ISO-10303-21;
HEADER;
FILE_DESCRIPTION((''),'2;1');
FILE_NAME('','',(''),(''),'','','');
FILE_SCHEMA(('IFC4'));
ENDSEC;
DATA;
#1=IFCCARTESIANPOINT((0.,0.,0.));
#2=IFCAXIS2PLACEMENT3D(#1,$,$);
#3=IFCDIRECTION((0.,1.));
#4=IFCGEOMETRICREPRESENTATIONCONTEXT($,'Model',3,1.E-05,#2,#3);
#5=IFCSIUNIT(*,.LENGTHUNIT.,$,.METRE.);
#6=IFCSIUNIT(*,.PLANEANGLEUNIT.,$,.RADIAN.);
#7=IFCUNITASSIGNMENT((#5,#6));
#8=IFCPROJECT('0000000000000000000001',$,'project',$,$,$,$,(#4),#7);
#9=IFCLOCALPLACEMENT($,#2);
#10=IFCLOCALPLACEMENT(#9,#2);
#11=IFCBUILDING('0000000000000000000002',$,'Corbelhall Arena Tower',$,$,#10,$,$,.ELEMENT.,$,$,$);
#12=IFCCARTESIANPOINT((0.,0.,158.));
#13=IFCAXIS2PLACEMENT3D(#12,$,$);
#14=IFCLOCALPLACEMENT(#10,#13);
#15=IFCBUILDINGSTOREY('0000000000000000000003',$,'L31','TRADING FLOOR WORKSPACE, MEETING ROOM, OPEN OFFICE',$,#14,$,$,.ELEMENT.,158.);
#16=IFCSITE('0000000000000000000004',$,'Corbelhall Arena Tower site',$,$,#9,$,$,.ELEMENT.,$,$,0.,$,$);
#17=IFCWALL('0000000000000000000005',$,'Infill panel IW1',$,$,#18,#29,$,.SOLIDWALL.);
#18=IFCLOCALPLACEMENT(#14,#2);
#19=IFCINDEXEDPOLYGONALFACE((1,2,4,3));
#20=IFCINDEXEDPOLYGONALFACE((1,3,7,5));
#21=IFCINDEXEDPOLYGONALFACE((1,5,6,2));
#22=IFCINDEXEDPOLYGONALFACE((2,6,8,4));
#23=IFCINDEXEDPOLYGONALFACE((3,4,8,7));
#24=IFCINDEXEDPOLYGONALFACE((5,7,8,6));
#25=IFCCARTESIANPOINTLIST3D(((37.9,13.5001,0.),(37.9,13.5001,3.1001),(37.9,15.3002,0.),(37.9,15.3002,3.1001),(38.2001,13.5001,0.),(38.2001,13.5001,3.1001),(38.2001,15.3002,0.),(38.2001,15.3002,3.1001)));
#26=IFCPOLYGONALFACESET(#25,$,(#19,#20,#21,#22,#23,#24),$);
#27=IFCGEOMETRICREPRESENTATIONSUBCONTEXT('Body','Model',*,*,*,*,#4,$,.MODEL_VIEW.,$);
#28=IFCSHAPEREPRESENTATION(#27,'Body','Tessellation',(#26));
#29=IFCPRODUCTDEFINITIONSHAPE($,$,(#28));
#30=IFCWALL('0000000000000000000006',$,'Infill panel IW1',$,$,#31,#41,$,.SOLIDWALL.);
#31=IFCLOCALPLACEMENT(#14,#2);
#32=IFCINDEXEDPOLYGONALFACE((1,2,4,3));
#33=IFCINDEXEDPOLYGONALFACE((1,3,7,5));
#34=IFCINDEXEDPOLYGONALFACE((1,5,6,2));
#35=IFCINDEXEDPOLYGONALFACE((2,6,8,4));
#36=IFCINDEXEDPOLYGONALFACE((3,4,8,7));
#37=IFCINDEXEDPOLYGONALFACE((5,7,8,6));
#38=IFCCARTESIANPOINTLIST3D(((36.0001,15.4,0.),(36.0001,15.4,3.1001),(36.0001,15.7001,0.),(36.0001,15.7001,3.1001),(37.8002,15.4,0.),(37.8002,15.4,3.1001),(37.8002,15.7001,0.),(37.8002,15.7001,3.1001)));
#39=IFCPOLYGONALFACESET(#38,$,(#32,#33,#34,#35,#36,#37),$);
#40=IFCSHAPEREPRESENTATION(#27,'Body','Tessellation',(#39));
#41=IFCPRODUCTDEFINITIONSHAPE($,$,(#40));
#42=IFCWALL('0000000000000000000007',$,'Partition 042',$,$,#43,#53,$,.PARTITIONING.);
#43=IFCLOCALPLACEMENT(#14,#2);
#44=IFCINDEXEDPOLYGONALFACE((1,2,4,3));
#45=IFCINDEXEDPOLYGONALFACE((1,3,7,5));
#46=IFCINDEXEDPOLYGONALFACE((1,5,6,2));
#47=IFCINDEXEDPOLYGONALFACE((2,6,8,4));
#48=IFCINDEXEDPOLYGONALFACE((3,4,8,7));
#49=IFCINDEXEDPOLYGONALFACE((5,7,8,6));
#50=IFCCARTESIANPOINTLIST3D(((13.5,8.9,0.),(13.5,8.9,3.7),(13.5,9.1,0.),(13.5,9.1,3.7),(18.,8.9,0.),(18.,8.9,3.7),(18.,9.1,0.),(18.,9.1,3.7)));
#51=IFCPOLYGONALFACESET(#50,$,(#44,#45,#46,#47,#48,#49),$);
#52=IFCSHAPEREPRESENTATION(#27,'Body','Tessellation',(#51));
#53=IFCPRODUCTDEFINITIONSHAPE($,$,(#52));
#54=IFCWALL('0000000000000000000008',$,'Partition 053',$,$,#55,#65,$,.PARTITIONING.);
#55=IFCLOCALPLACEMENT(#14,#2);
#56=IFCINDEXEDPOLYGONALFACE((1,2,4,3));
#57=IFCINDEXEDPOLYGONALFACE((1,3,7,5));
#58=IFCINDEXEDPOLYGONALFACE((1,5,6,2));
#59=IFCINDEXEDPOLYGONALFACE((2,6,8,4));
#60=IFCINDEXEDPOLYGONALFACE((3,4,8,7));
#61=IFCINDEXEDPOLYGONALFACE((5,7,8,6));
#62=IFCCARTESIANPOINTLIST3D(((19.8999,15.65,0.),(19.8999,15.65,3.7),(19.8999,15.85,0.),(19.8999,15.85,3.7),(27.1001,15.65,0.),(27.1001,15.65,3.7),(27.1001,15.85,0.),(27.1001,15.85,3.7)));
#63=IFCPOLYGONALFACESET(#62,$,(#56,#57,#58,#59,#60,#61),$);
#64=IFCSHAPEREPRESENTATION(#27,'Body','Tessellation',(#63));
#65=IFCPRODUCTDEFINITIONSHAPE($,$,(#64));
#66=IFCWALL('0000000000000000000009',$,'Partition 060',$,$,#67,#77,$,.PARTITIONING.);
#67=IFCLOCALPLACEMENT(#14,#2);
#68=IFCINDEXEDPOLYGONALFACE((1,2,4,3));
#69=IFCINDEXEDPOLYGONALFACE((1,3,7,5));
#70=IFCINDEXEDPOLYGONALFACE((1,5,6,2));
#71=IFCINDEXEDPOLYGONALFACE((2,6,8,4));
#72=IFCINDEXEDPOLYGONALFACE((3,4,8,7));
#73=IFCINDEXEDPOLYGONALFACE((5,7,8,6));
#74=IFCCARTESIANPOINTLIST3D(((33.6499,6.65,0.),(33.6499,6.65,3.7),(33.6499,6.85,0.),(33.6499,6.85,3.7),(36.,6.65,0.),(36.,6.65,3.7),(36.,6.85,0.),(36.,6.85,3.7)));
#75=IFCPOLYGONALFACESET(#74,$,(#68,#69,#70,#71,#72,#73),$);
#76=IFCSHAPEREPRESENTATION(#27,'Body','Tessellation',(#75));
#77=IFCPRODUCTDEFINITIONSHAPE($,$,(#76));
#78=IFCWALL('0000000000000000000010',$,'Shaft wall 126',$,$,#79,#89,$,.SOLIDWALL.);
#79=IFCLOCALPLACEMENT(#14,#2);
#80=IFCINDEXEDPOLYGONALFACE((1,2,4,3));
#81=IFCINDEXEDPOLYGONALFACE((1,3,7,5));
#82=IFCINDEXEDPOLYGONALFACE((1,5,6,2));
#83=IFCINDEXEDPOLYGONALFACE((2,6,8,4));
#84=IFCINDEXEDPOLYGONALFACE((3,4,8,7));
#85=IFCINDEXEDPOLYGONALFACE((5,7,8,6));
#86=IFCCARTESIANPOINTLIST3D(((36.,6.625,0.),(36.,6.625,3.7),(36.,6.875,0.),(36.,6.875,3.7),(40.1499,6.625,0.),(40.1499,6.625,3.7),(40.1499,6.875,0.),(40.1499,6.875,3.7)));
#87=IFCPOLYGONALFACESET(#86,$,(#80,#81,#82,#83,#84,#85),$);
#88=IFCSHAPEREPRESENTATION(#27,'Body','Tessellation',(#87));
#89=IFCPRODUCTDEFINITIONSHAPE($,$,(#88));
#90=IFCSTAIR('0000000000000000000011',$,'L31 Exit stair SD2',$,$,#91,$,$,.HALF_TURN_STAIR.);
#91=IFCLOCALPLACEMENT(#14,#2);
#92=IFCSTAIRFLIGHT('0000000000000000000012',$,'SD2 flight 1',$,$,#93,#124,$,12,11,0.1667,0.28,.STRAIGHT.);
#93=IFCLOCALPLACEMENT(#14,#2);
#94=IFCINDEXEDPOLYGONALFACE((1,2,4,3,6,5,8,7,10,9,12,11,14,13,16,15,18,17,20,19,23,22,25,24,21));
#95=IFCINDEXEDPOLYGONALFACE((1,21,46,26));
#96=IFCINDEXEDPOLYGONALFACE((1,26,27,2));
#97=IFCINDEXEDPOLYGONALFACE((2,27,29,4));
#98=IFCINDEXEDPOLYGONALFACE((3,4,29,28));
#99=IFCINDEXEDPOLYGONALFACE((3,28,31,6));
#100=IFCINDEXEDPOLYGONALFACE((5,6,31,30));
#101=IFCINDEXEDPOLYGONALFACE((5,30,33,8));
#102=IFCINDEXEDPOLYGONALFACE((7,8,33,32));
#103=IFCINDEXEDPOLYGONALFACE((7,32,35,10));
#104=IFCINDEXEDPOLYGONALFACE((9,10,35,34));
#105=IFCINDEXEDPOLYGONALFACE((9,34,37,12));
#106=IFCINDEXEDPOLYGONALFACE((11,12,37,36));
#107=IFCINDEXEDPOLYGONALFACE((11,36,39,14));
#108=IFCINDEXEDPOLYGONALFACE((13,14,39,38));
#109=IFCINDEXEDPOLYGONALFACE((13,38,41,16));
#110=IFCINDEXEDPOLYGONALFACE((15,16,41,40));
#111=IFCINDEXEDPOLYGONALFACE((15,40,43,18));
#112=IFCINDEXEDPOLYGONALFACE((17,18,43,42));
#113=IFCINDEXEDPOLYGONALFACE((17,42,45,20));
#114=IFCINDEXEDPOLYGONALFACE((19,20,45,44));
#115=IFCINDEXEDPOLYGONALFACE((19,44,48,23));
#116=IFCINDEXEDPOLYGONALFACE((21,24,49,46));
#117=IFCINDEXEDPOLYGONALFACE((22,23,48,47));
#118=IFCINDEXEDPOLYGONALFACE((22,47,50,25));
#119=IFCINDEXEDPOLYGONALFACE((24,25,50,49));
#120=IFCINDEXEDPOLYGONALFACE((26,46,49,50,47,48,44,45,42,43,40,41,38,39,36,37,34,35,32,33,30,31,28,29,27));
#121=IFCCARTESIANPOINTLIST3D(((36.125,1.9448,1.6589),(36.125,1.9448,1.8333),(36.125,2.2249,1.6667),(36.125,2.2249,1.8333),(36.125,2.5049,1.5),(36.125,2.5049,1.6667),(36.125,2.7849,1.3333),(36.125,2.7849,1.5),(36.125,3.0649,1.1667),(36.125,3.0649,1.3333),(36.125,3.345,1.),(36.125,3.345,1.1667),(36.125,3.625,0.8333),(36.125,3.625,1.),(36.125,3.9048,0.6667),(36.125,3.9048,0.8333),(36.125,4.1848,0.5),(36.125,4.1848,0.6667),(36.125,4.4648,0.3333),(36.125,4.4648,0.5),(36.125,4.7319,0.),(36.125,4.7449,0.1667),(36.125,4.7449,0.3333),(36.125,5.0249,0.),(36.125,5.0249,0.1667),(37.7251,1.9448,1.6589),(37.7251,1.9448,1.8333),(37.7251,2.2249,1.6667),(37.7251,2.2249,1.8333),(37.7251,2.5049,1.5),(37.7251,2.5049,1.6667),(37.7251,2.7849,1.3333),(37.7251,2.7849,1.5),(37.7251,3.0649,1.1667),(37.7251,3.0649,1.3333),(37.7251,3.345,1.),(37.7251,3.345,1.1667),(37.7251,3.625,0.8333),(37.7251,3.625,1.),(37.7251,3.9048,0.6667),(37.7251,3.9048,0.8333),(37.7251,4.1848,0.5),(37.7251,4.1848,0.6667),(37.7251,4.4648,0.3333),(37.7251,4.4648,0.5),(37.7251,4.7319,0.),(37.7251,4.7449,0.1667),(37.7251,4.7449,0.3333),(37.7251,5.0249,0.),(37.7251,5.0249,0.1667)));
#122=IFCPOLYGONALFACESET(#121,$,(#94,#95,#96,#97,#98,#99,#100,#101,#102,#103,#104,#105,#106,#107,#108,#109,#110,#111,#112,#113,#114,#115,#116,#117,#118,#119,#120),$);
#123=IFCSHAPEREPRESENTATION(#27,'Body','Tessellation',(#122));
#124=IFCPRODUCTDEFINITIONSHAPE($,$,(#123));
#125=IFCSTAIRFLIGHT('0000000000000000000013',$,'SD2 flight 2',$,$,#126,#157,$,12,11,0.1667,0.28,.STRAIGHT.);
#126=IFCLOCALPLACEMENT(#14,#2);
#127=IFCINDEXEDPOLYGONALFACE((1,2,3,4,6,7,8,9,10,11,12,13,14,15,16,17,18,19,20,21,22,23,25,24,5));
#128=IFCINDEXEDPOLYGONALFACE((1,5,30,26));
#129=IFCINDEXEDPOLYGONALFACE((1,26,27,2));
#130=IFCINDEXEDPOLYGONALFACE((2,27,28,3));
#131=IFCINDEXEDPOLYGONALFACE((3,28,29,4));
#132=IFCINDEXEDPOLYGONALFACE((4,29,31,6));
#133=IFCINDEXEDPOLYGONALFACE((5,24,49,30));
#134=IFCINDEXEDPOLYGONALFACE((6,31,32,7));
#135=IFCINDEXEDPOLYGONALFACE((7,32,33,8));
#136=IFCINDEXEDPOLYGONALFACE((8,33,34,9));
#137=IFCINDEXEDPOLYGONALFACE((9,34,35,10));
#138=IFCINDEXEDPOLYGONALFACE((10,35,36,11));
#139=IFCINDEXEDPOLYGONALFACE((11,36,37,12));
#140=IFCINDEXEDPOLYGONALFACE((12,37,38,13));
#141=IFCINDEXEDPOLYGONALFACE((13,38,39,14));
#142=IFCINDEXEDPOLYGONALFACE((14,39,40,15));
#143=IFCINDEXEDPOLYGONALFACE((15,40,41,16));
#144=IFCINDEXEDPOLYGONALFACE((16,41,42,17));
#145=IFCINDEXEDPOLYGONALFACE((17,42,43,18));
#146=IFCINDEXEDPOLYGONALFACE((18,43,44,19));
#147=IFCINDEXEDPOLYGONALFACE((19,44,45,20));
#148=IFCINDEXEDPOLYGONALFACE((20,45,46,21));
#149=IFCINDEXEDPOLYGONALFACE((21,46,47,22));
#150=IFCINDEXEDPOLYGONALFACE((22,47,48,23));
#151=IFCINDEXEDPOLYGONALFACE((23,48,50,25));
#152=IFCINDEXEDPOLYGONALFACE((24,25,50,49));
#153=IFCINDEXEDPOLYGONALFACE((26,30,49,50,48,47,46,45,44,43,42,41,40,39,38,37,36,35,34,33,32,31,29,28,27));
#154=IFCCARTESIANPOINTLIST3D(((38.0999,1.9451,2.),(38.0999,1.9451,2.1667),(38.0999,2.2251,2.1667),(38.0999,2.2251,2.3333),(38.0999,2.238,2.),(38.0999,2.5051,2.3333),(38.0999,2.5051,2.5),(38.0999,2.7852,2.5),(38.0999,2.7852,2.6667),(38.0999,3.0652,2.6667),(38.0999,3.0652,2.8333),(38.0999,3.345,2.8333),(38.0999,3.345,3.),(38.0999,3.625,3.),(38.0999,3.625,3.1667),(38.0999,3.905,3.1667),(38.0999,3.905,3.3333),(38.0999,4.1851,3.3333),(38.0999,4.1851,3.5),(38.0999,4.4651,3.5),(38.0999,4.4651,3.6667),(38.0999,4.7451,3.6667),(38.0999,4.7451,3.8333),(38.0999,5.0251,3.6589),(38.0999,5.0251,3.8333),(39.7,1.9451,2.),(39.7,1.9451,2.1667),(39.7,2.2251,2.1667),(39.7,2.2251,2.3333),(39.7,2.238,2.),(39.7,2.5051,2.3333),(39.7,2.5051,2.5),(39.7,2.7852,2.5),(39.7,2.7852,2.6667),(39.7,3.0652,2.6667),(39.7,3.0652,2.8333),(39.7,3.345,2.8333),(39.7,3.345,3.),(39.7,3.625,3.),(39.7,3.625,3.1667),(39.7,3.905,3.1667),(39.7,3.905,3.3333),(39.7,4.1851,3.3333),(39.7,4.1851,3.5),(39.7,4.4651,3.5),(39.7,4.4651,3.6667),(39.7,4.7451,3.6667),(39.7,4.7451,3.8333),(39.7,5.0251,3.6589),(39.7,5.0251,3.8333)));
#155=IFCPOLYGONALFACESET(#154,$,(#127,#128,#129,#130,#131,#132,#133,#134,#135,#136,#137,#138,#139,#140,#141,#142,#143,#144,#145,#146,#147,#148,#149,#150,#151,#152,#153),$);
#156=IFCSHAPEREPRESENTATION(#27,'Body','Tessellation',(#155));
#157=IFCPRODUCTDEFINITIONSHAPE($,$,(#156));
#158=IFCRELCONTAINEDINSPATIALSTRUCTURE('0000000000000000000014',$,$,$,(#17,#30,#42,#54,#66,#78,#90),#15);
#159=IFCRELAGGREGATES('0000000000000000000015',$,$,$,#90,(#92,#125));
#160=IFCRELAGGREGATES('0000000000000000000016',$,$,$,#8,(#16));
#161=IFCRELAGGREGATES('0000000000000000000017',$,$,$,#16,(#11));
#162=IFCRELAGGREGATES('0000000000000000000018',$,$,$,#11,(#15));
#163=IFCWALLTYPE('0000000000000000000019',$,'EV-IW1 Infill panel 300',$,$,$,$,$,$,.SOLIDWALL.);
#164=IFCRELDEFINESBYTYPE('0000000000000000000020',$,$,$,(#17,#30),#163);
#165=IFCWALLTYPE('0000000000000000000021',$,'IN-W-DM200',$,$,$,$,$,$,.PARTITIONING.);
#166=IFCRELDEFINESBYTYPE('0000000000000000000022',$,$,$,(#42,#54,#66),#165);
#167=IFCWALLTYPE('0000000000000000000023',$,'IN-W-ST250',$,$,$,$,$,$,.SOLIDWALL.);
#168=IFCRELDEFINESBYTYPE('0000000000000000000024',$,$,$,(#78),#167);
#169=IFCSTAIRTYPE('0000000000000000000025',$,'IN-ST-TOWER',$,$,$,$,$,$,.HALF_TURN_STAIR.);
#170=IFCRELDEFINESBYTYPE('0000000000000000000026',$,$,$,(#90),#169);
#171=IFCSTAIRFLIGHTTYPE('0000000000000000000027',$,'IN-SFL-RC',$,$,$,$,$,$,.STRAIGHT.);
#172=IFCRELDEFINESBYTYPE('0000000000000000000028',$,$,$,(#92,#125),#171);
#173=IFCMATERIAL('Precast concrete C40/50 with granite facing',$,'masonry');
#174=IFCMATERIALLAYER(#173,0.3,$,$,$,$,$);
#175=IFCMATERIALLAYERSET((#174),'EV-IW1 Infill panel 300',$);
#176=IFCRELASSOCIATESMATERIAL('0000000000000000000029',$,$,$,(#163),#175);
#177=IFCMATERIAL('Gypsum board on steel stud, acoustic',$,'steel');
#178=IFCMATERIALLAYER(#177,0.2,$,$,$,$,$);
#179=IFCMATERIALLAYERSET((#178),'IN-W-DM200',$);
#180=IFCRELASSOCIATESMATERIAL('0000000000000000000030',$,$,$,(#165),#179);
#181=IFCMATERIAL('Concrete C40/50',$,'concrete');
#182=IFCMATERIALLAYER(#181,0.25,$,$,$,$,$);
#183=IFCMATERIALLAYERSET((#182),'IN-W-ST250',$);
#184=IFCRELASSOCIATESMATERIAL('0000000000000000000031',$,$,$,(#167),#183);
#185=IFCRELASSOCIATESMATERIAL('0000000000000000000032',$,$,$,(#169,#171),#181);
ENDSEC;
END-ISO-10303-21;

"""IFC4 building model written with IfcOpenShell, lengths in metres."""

from ifc_helpers import new_model, si_unit, direction, frame, frame_2d, origin, place, context, subcontext, project, spatial, polyline, rectangle, outline, extrude, material, layer, layer_set, type_object, element, aggregate, save


model = new_model("IFC4")

# Units and contexts
model_context = context("Model", 3, precision=1e-05, world=origin(), true_north=direction((0.0, 1.0)))
body_context = subcontext(model_context, "Body", "Model", "MODEL_VIEW")
ifc_project = project(units=[si_unit("LENGTHUNIT", "METRE"), si_unit("PLANEANGLEUNIT", "RADIAN")], contexts=[model_context])

# Site, building, storey
site_placement = place(None, origin())
site = spatial("IfcSite", under=ifc_project, at=site_placement, Name="Corbelhall Arena Tower site", CompositionType="ELEMENT", RefElevation=0.0)
building_placement = place(site_placement, origin())
building = spatial("IfcBuilding", under=site, at=building_placement, Name="Corbelhall Arena Tower", CompositionType="ELEMENT")
storey_placement = place(building_placement, frame((0.0, 0.0, 158.0)))
storey = spatial("IfcBuildingStorey", under=building, at=storey_placement, Name="L31", Description="TRADING FLOOR WORKSPACE, MEETING ROOM, OPEN OFFICE", CompositionType="ELEMENT", Elevation=158.0)

# Walls
ifc_material_1 = material(Name="Precast concrete C40/50 with granite facing", Category="masonry")
ifc_layer_1 = layer(ifc_material_1, 0.3)
ifc_layer_set_1 = layer_set([ifc_layer_1], Name="EV-IW1 Infill panel 300")
wall_type_1 = type_object("IfcWallType", Name="EV-IW1 Infill panel 300", PredefinedType="SOLIDWALL", material=ifc_layer_set_1)
for number, where, z_axis, x_axis, name in (
    (1, (38.05, 15.3, 0.0), (0.0, 0.0, 1.0), (0.0, -1.0, 0.0), "Infill panel IW1"),
    (2, (37.8, 15.55, 0.0), (0.0, 0.0, 1.0), (-1.0, 0.0, 0.0), "Infill panel IW1"),
):
    element("IfcWall", number, at=place(storey_placement, frame(where, z_axis=z_axis, x_axis=x_axis)), inside=storey, type_object=wall_type_1, Name=name, PredefinedType="SOLIDWALL", context=body_context, shape_type="SweptSolid", body=[
        extrude(rectangle(XDim=1.8, YDim=0.3, at=frame_2d((0.8999, 0.0))), origin(), (0.0, 0.0, 1.0), 3.1001),
    ])

# Wall
ifc_material_2 = material(Name="Gypsum board on steel stud, acoustic", Category="steel")
ifc_layer_2 = layer(ifc_material_2, 0.2)
ifc_layer_set_2 = layer_set([ifc_layer_2], Name="IN-W-DM200")
wall_type_2 = type_object("IfcWallType", Name="IN-W-DM200", PredefinedType="PARTITIONING", material=ifc_layer_set_2)
wall_1_placement = place(storey_placement, frame((18.0, 9.0, 0.0), z_axis=(0.0, 0.0, 1.0), x_axis=(-1.0, 0.0, 0.0)))
element("IfcWall", 3, at=wall_1_placement, inside=storey, type_object=wall_type_2, Name="Partition 042", PredefinedType="PARTITIONING", context=body_context, shape_type="SweptSolid", body=[
    extrude(rectangle(XDim=4.5, YDim=0.2, at=frame_2d((2.25, 0.0))), origin(), (0.0, 0.0, 1.0), 3.7),
])

# Wall
wall_2_placement = place(storey_placement, frame((19.8999, 15.75, 0.0), z_axis=(0.0, 0.0, 1.0), x_axis=(1.0, 0.0, 0.0)))
element("IfcWall", 4, at=wall_2_placement, inside=storey, type_object=wall_type_2, Name="Partition 053", PredefinedType="PARTITIONING", context=body_context, shape_type="SweptSolid", body=[
    extrude(rectangle(XDim=7.2002, YDim=0.2, at=frame_2d((3.6001, 0.0))), origin(), (0.0, 0.0, 1.0), 3.7),
])

# Walls
wall_3_placement = place(storey_placement, frame((33.6499, 6.75, 0.0), z_axis=(0.0, 0.0, 1.0), x_axis=(1.0, 0.0, 0.0)))
element("IfcWall", 5, at=wall_3_placement, inside=storey, type_object=wall_type_2, Name="Partition 060", PredefinedType="PARTITIONING", context=body_context, shape_type="SweptSolid", body=[
    extrude(rectangle(XDim=2.3501, YDim=0.2, at=frame_2d((1.175, 0.0))), origin(), (0.0, 0.0, 1.0), 3.7),
])
ifc_material_3 = material(Name="Concrete C40/50", Category="concrete")
ifc_layer_3 = layer(ifc_material_3, 0.25)
ifc_layer_set_3 = layer_set([ifc_layer_3], Name="IN-W-ST250")
wall_type_3 = type_object("IfcWallType", Name="IN-W-ST250", PredefinedType="SOLIDWALL", material=ifc_layer_set_3)
wall_4_placement = place(storey_placement, frame((36.0, 6.75, 0.0), z_axis=(0.0, 0.0, 1.0), x_axis=(1.0, 0.0, 0.0)))
element("IfcWall", 6, at=wall_4_placement, inside=storey, type_object=wall_type_3, Name="Shaft wall 126", PredefinedType="SOLIDWALL", context=body_context, shape_type="SweptSolid", body=[
    extrude(rectangle(XDim=4.1499, YDim=0.25, at=frame_2d((2.075, 0.0))), origin(), (0.0, 0.0, 1.0), 3.7),
])

# Stair, stair flights
stair_type = type_object("IfcStairType", Name="IN-ST-TOWER", PredefinedType="HALF_TURN_STAIR", material=ifc_material_3)
stair_placement = place(storey_placement, origin())
stair = element("IfcStair", 7, at=stair_placement, inside=storey, type_object=stair_type, Name="L31 Exit stair SD2", PredefinedType="HALF_TURN_STAIR")
stair_flight_type = type_object("IfcStairFlightType", Name="IN-SFL-RC", PredefinedType="STRAIGHT", material=ifc_material_3)
stair_flight_1_placement = place(storey_placement, frame((36.925, 5.0249, 0.0), z_axis=(0.0, 0.0, 1.0), x_axis=(0.0, -1.0, 0.0)))
stair_flight_1 = element("IfcStairFlight", 8, at=stair_flight_1_placement, type_object=stair_flight_type, Name="SD2 flight 1", NumberOfRisers=12, NumberOfTreads=11, PredefinedType="STRAIGHT", RiserHeight=0.1667, TreadLength=0.28, context=body_context, shape_type="SweptSolid", body=[
    extrude(outline(polyline([(0.0, 0.0), (0.0, 0.1667), (0.28, 0.1667), (0.28, 0.3333), (0.5601, 0.3333), (0.5601, 0.5), (0.8401, 0.5), (0.8401, 0.6667), (1.1201, 0.6667), (1.1201, 0.8333), (1.3999, 0.8333), (1.3999, 1.0), (1.6799, 1.0), (1.6799, 1.1667), (1.96, 1.1667), (1.96, 1.3333), (2.24, 1.3333), (2.24, 1.5), (2.52, 1.5), (2.52, 1.6667), (2.8, 1.6667), (2.8, 1.8333), (3.0801, 1.8333), (3.0801, 2.0), (3.0801, 1.6589), (0.293, 0.0), (0.0, 0.0)])), frame((0.0, 0.8, 0.0), z_axis=(0.0, -1.0, 0.0), x_axis=(1.0, 0.0, 0.0)), (0.0, 0.0, 1.0), 1.6001),
])
stair_flight_2_placement = place(storey_placement, frame((38.8999, 1.9451, 2.0), z_axis=(0.0, 0.0, 1.0), x_axis=(0.0, 1.0, 0.0)))
stair_flight_2 = element("IfcStairFlight", 9, at=stair_flight_2_placement, type_object=stair_flight_type, Name="SD2 flight 2", NumberOfRisers=12, NumberOfTreads=11, PredefinedType="STRAIGHT", RiserHeight=0.1667, TreadLength=0.28, context=body_context, shape_type="SweptSolid", body=[
    extrude(outline(polyline([(0.0, 0.0), (0.0, 0.1667), (0.28, 0.1667), (0.28, 0.3333), (0.5601, 0.3333), (0.5601, 0.5), (0.8401, 0.5), (0.8401, 0.6667), (1.1201, 0.6667), (1.1201, 0.8333), (1.3999, 0.8333), (1.3999, 1.0), (1.6799, 1.0), (1.6799, 1.1667), (1.96, 1.1667), (1.96, 1.3333), (2.24, 1.3333), (2.24, 1.5), (2.52, 1.5), (2.52, 1.6667), (2.8, 1.6667), (2.8, 1.8333), (3.0801, 1.8333), (3.0801, 2.0), (3.0801, 1.6589), (0.293, 0.0), (0.0, 0.0)])), frame((0.0, 0.8, 0.0), z_axis=(0.0, -1.0, 0.0), x_axis=(1.0, 0.0, 0.0)), (0.0, 0.0, 1.0), 1.6001),
])
aggregate(stair, [stair_flight_1, stair_flight_2])

save(model, "model.ifc")
